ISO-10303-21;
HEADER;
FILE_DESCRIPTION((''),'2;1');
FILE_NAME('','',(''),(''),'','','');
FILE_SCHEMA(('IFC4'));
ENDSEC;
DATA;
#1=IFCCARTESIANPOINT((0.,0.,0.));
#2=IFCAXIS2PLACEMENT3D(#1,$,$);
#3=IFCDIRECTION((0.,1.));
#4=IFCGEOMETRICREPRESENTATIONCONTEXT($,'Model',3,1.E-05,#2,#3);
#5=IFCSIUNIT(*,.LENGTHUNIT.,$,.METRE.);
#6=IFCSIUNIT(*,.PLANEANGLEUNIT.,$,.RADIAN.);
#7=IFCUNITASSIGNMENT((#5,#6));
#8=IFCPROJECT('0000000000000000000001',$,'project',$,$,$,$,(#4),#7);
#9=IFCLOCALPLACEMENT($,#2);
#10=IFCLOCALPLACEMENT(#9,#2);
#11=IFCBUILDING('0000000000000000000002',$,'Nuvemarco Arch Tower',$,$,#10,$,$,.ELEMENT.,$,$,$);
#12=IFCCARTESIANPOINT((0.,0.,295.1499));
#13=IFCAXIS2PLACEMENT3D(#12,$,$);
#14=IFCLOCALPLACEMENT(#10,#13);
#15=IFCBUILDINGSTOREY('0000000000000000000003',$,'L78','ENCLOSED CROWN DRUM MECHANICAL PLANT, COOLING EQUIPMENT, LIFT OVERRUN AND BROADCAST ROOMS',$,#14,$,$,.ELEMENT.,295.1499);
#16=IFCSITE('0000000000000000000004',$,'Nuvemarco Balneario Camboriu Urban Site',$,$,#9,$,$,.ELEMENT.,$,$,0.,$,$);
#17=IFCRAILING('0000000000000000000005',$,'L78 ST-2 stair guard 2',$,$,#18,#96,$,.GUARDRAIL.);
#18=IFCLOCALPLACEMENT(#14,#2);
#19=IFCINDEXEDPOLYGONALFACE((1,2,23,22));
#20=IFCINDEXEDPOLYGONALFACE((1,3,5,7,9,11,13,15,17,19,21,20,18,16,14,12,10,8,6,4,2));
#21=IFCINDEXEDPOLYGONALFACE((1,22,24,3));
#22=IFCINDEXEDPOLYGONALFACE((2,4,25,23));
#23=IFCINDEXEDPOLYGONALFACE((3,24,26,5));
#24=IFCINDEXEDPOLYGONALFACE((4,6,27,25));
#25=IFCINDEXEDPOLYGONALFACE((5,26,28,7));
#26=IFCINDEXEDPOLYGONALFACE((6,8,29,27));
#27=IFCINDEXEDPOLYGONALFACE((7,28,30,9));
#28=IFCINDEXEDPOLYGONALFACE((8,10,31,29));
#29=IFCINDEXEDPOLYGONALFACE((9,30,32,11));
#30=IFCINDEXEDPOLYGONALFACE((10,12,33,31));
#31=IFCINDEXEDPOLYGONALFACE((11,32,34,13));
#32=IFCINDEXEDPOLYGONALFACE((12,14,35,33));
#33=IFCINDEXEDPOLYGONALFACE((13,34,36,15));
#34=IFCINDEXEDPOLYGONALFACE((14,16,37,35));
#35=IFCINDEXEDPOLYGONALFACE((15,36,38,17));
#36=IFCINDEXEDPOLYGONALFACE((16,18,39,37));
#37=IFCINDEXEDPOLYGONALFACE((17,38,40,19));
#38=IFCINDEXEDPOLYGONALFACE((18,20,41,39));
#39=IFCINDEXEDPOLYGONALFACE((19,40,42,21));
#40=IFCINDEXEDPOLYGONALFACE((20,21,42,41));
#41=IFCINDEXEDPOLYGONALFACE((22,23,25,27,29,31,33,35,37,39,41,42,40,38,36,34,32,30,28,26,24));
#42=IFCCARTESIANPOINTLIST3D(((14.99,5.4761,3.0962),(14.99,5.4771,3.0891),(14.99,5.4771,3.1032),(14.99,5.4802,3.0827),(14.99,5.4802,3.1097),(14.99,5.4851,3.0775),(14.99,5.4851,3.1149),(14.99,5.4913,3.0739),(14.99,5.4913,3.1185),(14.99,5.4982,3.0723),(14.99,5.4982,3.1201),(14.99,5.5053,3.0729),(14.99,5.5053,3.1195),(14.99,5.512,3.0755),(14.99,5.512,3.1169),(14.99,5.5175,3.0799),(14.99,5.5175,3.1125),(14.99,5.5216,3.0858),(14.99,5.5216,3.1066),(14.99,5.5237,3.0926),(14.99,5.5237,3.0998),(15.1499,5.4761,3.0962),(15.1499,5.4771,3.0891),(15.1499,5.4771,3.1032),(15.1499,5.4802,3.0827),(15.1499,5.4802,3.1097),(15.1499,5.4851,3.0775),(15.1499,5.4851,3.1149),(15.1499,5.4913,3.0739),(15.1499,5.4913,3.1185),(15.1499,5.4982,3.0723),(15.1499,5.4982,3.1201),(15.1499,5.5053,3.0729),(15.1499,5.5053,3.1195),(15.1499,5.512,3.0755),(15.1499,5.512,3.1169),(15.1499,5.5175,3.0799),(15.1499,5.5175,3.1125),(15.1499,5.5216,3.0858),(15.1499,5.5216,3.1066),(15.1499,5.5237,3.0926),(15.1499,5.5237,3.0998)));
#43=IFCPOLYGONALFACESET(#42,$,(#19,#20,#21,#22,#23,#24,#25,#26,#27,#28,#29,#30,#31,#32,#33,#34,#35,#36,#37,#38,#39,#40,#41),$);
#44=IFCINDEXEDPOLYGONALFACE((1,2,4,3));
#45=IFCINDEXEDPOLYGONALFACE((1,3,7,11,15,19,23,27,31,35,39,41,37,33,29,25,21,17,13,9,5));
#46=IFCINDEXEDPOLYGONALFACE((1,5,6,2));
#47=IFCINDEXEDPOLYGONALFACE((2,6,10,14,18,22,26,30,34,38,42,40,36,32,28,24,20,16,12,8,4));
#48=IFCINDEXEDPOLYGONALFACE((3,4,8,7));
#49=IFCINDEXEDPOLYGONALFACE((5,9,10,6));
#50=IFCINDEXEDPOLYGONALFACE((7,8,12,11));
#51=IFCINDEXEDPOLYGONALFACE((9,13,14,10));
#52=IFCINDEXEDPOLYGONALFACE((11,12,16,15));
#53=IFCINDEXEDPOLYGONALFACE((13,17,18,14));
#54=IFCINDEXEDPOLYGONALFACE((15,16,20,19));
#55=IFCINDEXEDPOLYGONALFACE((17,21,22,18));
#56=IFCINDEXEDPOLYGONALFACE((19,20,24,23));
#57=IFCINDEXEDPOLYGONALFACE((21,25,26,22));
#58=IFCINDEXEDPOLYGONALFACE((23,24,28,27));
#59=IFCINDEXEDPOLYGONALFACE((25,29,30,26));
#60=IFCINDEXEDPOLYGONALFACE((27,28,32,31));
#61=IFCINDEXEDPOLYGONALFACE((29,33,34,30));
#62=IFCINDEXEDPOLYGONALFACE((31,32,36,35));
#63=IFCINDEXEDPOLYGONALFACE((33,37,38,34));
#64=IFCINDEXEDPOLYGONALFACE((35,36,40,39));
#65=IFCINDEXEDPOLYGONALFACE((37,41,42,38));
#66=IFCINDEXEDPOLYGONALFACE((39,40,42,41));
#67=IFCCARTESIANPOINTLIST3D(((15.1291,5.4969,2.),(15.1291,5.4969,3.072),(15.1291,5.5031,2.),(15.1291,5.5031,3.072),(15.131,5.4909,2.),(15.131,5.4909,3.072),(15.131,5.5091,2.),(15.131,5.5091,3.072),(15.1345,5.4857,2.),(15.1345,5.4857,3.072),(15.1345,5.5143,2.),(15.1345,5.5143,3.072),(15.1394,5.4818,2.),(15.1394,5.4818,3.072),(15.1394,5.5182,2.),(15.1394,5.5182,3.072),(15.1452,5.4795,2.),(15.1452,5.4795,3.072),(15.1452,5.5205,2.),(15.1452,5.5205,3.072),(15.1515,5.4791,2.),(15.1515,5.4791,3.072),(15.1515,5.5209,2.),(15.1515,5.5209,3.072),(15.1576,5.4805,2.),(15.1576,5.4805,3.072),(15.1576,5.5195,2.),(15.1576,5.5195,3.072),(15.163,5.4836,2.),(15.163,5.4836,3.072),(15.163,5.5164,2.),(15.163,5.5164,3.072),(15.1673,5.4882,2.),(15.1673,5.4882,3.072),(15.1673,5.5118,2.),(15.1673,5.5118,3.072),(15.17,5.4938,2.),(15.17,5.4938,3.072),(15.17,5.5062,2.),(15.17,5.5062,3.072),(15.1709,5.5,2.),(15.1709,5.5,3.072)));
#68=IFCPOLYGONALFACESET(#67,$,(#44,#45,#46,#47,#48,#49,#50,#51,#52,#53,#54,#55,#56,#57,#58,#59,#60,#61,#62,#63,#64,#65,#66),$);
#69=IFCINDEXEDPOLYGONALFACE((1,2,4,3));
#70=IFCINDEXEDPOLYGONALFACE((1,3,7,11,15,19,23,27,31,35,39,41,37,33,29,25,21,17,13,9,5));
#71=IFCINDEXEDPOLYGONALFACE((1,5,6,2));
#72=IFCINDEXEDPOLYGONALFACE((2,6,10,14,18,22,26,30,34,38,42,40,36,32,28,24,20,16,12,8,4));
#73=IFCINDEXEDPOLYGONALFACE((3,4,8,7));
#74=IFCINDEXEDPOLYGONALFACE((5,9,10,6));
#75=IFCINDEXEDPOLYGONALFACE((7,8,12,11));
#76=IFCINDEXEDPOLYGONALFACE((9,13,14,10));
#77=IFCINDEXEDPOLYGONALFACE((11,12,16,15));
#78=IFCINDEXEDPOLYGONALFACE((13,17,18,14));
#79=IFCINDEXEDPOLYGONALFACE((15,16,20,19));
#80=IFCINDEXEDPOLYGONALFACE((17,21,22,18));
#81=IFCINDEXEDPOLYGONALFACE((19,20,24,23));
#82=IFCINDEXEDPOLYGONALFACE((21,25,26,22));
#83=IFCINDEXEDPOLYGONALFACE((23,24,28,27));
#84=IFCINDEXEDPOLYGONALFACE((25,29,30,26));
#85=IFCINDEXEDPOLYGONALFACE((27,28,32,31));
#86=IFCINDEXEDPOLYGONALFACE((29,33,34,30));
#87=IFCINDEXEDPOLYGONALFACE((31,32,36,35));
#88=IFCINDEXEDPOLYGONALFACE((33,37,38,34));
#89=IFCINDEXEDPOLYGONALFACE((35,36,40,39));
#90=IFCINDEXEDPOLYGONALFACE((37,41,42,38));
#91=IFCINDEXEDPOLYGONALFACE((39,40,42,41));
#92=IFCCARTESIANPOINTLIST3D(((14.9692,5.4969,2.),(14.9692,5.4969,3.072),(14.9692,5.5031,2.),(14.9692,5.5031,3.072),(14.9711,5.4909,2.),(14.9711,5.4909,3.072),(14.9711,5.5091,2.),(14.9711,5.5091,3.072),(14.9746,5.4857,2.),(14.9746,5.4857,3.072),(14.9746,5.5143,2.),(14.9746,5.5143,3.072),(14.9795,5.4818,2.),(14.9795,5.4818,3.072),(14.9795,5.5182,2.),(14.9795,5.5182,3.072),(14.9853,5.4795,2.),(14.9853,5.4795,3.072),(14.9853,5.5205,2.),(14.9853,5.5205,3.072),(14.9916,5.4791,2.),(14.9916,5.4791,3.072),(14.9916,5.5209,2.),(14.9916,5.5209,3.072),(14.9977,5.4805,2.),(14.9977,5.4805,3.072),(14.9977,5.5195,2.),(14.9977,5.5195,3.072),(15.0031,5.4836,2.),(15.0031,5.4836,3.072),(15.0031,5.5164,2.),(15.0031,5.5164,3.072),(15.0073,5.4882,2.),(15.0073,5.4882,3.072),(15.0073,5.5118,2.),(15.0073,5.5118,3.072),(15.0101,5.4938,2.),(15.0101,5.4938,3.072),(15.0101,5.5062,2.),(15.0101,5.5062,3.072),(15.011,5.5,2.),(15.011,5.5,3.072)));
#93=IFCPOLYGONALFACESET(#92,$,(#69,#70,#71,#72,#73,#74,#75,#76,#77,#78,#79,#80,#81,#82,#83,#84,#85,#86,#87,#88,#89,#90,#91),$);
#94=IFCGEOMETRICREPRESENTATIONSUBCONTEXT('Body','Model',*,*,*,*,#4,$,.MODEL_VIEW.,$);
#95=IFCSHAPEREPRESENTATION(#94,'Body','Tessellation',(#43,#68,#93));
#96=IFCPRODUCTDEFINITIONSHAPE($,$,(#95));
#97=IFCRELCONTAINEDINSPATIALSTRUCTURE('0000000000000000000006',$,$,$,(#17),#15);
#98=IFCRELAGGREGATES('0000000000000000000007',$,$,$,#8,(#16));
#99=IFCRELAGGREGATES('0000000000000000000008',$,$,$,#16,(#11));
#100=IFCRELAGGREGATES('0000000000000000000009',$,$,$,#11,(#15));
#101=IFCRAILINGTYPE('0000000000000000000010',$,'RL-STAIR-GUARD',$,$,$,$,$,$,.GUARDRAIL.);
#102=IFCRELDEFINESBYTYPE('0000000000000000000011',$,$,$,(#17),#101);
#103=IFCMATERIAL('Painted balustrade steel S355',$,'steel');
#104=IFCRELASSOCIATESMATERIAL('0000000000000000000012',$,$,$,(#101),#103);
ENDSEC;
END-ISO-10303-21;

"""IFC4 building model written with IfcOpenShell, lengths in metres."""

from ifc_helpers import new_model, si_unit, direction, frame, origin, origin_2d, place, context, subcontext, project, spatial, circle, extrude, material, type_object, element, save


model = new_model("IFC4")

# Units and contexts
model_context = context("Model", 3, precision=1e-05, world=origin(), true_north=direction((0.0, 1.0)))
body_context = subcontext(model_context, "Body", "Model", "MODEL_VIEW")
ifc_project = project(units=[si_unit("LENGTHUNIT", "METRE"), si_unit("PLANEANGLEUNIT", "RADIAN")], contexts=[model_context])

# Site, building, storey
site_placement = place(None, origin())
site = spatial("IfcSite", under=ifc_project, at=site_placement, Name="Nuvemarco Balneario Camboriu Urban Site", CompositionType="ELEMENT", RefElevation=0.0)
building_placement = place(site_placement, origin())
building = spatial("IfcBuilding", under=site, at=building_placement, Name="Nuvemarco Arch Tower", CompositionType="ELEMENT")
storey_placement = place(building_placement, frame((0.0, 0.0, 295.1499)))
storey = spatial("IfcBuildingStorey", under=building, at=storey_placement, Name="L78", Description="ENCLOSED CROWN DRUM MECHANICAL PLANT, COOLING EQUIPMENT, LIFT OVERRUN AND BROADCAST ROOMS", CompositionType="ELEMENT", Elevation=295.1499)

# Railing
ifc_material_1 = material(Name="Painted balustrade steel S355", Category="steel")
railing_type_1 = type_object("IfcRailingType", Name="RL-STAIR-GUARD", PredefinedType="GUARDRAIL", material=ifc_material_1)
railing_1_placement = place(storey_placement, frame((15.1499, 5.5, 2.0)))
element("IfcRailing", 1, at=railing_1_placement, inside=storey, type_object=railing_type_1, Name="L78 ST-2 stair guard 2", PredefinedType="GUARDRAIL", context=body_context, shape_type="SweptSolid", body=[
    extrude(circle(Radius=0.0239, at=origin_2d()), frame((0.0, 0.0, 1.0962), z_axis=(-1.0, 0.0, 0.0), x_axis=(0.0, -1.0, 0.0)), (0.0, 0.0, 1.0), 0.1599),
    extrude(circle(Radius=0.021, at=origin_2d()), origin(), (0.0, 0.0, 1.0), 1.072),
    extrude(circle(Radius=0.021, at=origin_2d()), frame((-0.1599, 0.0, 0.0)), (0.0, 0.0, 1.0), 1.072),
])

save(model, "model.ifc")
